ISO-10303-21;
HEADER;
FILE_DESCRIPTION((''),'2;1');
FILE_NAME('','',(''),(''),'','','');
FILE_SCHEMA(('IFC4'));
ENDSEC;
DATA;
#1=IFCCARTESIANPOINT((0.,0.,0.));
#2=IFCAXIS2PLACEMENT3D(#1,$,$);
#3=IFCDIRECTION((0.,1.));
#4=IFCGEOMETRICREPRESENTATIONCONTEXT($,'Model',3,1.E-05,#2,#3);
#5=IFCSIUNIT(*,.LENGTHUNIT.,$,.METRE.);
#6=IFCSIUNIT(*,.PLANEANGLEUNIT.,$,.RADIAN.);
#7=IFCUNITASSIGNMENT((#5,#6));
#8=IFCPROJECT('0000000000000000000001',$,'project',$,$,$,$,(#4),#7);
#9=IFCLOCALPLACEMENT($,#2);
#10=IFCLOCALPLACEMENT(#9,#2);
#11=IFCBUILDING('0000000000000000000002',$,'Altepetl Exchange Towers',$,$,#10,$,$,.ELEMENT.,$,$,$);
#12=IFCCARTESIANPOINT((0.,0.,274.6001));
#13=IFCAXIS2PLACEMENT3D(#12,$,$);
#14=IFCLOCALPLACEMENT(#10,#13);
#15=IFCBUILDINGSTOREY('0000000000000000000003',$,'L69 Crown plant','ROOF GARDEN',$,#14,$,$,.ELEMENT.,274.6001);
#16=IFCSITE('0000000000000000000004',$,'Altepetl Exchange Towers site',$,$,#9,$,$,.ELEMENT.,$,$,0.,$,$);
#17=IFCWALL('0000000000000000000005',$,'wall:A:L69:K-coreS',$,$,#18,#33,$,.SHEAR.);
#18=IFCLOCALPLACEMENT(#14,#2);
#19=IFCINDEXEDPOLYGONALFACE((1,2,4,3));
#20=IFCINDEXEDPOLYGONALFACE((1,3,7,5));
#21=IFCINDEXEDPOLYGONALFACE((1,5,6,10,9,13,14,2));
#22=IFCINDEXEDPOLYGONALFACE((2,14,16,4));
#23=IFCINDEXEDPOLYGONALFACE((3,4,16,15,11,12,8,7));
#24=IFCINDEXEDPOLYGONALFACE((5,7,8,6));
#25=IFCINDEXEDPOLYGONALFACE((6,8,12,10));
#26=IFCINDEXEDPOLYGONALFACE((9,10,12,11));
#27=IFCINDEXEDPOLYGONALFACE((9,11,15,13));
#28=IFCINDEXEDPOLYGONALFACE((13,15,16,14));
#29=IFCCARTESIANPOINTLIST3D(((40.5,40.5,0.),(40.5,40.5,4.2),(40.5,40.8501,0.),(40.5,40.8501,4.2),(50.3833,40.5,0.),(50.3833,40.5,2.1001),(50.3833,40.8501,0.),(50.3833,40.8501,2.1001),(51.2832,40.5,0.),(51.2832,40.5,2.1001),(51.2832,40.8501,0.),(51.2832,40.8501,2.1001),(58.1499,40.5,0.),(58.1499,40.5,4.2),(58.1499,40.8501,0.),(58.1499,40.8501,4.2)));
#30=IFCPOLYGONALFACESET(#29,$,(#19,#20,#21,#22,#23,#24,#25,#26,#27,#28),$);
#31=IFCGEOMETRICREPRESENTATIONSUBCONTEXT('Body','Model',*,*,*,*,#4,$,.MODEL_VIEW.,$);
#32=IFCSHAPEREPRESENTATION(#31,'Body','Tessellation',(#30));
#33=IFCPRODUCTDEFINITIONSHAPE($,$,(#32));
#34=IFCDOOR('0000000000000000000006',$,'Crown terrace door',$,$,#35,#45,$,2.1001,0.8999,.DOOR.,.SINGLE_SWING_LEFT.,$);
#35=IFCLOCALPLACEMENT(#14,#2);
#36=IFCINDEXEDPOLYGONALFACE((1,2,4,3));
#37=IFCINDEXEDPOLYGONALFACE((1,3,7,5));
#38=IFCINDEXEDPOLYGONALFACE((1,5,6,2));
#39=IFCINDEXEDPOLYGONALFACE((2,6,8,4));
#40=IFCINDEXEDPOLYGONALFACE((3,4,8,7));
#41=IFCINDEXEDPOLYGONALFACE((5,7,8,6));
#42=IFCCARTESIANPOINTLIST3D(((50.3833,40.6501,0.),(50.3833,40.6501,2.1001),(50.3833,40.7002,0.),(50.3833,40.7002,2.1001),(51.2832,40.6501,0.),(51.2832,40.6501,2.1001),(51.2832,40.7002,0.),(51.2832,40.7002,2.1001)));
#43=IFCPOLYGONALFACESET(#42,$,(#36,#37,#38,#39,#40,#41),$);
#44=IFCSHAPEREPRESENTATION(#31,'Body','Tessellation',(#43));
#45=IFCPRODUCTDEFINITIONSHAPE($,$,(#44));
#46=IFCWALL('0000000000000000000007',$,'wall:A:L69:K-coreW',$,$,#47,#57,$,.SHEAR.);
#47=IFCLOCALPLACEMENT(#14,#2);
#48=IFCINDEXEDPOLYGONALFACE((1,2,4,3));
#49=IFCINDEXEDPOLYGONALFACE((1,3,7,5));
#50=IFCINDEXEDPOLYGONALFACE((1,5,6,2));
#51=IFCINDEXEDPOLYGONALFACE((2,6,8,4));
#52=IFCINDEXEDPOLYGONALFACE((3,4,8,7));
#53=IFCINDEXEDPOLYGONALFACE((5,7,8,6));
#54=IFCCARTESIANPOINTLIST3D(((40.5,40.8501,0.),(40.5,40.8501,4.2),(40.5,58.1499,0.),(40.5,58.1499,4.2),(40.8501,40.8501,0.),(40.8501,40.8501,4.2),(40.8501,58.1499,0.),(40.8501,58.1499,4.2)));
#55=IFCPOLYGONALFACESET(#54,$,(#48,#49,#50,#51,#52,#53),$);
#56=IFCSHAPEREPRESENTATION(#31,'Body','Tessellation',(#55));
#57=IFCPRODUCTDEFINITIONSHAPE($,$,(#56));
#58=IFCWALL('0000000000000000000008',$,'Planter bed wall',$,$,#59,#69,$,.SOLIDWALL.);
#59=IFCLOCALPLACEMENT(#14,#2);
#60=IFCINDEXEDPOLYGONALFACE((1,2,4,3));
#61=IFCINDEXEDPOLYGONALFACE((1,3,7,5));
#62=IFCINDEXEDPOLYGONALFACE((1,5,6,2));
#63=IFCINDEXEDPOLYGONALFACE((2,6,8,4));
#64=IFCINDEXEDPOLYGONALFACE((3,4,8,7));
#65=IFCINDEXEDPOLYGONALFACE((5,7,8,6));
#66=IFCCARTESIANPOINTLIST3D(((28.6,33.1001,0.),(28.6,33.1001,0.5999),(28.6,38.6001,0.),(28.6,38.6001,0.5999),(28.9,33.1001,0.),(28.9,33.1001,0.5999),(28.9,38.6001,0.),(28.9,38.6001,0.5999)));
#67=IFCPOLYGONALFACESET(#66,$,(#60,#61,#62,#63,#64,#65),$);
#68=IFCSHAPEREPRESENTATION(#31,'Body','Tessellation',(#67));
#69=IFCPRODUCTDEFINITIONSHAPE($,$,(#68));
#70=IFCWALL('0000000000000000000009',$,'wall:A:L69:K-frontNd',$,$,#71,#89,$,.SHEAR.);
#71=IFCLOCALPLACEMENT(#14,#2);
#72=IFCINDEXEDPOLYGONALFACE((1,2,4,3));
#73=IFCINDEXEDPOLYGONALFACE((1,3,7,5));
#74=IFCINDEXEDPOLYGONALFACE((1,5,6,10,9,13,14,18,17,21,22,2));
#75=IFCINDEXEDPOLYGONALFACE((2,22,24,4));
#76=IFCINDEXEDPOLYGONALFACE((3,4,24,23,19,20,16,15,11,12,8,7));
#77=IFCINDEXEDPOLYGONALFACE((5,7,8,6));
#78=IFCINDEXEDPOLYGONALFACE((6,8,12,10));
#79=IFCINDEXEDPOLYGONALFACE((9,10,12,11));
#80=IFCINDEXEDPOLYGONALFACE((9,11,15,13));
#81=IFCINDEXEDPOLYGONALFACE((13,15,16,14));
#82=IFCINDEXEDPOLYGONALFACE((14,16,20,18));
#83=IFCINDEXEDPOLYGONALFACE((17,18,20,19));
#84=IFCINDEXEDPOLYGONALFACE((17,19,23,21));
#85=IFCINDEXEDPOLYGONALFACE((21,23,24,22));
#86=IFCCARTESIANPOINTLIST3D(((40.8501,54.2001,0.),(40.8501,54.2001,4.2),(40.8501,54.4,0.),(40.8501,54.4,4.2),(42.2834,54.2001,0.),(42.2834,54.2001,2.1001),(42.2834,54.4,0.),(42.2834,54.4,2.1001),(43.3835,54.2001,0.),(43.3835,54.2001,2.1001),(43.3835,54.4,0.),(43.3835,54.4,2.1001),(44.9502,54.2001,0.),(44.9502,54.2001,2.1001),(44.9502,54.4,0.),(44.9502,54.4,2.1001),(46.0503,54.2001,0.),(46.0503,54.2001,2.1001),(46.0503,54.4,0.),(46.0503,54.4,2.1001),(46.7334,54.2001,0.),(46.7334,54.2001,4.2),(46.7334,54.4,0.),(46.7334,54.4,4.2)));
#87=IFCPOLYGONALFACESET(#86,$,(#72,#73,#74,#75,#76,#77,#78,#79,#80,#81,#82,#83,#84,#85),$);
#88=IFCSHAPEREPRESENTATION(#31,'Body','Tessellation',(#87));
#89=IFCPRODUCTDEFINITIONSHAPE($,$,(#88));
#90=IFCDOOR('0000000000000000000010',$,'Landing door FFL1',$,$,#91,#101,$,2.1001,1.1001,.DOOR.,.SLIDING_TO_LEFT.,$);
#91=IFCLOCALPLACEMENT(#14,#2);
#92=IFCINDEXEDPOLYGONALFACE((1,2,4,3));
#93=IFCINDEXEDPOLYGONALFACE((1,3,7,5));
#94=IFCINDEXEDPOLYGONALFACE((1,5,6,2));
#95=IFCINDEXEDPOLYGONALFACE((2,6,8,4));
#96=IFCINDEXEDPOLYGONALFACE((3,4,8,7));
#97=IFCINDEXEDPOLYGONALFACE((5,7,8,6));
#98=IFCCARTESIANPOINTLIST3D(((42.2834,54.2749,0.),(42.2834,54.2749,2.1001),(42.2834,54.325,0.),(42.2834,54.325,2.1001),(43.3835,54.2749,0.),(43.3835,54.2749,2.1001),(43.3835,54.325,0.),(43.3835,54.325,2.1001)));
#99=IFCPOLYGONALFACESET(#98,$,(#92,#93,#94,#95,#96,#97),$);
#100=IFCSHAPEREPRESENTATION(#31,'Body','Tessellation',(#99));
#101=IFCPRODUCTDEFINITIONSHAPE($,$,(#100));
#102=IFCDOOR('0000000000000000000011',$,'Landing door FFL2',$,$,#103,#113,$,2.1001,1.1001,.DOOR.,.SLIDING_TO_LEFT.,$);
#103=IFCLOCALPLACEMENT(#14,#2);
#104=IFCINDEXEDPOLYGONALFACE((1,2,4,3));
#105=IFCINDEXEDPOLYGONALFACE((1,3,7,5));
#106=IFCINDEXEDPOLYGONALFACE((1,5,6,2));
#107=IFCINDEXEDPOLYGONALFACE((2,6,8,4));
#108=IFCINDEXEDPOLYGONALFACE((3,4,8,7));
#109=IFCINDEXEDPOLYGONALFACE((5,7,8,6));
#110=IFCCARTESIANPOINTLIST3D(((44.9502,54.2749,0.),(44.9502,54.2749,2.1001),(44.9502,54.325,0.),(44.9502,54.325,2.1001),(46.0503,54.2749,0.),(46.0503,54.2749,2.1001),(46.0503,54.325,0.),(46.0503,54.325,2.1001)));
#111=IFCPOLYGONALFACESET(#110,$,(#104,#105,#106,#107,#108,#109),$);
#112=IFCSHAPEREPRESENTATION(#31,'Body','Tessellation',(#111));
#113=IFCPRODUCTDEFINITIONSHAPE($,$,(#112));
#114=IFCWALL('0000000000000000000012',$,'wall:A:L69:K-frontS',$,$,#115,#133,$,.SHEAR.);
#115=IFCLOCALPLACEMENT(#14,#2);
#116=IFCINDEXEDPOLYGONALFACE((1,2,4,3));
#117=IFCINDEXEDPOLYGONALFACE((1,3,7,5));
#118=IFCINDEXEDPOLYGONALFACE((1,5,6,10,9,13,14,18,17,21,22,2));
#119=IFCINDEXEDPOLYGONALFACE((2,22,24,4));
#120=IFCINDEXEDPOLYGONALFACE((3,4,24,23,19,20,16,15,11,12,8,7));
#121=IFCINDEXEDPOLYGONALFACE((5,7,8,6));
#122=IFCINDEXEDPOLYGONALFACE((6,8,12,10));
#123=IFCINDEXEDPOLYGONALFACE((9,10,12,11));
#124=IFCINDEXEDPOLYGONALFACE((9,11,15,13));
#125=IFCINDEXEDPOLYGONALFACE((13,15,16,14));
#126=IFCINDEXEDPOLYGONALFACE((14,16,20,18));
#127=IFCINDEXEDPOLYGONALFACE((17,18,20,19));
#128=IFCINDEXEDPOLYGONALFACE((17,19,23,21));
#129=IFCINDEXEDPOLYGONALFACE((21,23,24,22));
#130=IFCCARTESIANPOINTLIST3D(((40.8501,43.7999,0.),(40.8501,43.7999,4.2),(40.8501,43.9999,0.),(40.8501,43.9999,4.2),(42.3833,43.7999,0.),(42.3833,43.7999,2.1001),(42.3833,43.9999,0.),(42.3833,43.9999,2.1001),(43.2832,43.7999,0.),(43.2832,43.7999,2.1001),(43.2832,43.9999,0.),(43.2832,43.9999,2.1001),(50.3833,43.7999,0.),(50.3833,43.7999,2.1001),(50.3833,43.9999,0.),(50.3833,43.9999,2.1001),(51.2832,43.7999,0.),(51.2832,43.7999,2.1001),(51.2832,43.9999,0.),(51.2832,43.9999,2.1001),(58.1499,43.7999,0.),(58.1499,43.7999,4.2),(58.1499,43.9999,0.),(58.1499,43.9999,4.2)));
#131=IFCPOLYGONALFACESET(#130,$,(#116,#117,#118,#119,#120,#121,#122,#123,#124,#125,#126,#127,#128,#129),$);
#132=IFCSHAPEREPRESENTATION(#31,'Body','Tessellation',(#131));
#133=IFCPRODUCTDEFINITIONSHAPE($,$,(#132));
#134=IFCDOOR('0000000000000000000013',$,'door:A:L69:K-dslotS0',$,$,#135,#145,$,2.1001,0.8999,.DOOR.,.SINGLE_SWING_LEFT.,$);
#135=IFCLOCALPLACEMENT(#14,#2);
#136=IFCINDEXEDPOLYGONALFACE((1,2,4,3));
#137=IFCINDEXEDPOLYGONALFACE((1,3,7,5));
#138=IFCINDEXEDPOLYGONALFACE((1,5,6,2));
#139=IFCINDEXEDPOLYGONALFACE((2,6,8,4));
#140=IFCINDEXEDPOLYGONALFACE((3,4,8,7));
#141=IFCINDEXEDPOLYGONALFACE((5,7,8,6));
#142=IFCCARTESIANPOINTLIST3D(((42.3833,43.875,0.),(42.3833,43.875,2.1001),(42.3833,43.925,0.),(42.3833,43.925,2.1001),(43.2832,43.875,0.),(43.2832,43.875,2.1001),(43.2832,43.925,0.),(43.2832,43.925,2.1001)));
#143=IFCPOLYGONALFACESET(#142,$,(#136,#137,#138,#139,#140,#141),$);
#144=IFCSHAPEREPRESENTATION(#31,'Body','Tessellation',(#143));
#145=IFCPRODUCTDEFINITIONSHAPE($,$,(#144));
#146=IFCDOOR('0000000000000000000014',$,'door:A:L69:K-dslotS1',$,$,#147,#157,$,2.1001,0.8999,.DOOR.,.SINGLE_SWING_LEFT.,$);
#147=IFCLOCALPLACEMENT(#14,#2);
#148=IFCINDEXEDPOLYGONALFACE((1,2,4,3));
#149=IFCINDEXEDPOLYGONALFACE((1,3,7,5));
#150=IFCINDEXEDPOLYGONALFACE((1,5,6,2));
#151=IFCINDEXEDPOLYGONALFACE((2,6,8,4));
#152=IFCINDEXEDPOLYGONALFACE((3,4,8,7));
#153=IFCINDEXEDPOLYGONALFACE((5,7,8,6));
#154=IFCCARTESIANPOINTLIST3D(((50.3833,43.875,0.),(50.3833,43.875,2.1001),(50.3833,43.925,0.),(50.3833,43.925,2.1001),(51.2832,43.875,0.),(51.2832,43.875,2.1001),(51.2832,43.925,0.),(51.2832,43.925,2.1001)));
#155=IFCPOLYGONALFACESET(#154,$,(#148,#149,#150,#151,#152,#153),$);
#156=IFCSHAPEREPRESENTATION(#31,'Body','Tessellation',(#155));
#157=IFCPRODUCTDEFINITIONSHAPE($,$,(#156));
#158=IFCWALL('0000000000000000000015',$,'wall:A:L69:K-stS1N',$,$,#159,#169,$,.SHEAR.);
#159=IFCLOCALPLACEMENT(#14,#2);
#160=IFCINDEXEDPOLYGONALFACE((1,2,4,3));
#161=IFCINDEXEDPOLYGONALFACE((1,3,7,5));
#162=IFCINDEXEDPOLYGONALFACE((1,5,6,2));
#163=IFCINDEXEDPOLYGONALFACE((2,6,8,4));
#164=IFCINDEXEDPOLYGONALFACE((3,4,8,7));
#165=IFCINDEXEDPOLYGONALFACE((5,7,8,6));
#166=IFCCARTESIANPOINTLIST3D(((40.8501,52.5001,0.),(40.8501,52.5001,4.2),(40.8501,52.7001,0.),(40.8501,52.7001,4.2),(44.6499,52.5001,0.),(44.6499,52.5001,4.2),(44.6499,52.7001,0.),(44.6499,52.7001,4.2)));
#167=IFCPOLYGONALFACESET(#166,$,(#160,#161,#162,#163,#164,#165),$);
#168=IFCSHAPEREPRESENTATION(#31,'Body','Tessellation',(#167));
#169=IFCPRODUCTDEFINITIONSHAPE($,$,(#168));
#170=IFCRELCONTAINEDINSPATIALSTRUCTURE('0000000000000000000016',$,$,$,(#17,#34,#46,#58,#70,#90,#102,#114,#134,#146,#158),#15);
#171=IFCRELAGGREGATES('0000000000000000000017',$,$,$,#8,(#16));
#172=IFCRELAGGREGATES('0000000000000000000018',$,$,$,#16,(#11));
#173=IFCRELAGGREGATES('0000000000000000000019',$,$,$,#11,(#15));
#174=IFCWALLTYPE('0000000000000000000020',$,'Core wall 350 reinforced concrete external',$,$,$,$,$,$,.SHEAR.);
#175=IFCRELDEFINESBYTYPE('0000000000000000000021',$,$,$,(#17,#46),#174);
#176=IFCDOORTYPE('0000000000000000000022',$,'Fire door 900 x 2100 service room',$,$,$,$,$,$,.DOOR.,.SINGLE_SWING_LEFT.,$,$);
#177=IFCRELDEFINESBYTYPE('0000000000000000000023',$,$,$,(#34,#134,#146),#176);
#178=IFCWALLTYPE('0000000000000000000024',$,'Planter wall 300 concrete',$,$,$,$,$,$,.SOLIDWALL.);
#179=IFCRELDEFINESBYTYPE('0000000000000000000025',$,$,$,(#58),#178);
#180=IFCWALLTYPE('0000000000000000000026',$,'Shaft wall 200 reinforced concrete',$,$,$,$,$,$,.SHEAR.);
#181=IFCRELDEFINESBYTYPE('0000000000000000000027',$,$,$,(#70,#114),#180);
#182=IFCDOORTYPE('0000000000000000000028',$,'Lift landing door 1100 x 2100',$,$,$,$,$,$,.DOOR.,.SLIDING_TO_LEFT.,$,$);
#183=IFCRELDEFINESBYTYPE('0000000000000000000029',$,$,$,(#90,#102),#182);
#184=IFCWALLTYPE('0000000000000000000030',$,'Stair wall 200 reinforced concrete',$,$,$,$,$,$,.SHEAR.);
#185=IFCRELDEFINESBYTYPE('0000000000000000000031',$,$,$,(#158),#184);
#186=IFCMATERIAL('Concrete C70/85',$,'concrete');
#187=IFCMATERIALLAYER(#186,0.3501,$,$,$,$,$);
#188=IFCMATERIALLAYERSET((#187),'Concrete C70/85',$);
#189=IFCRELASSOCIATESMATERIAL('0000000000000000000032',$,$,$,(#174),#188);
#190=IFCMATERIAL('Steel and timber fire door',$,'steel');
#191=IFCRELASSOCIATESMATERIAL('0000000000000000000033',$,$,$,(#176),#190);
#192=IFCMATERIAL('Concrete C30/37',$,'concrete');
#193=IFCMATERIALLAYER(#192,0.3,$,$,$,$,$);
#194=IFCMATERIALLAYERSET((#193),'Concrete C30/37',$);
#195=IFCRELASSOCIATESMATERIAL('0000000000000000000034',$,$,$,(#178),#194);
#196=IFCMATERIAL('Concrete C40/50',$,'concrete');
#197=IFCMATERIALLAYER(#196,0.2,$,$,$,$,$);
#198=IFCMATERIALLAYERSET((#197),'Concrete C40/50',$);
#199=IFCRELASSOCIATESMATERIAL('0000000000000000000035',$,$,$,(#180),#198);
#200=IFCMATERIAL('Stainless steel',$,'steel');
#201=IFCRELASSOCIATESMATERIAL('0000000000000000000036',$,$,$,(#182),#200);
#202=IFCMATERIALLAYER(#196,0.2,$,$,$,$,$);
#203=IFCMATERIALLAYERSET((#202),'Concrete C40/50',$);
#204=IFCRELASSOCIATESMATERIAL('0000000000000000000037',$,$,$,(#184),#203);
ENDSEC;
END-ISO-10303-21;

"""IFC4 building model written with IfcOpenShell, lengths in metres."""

from ifc_helpers import new_model, si_unit, direction, frame, frame_2d, origin, place, context, subcontext, project, spatial, rectangle, extrude, material, layer, layer_set, type_object, element, fill, save


model = new_model("IFC4")

# Units and contexts
model_context = context("Model", 3, precision=1e-05, world=origin(), true_north=direction((0.0, 1.0)))
body_context = subcontext(model_context, "Body", "Model", "MODEL_VIEW")
ifc_project = project(units=[si_unit("LENGTHUNIT", "METRE"), si_unit("PLANEANGLEUNIT", "RADIAN")], contexts=[model_context])

# Site, building, storey
site_placement = place(None, origin())
site = spatial("IfcSite", under=ifc_project, at=site_placement, Name="Altepetl Exchange Towers site", CompositionType="ELEMENT", RefElevation=0.0)
building_placement = place(site_placement, origin())
building = spatial("IfcBuilding", under=site, at=building_placement, Name="Altepetl Exchange Towers", CompositionType="ELEMENT")
storey_placement = place(building_placement, frame((0.0, 0.0, 274.6001)))
storey = spatial("IfcBuildingStorey", under=building, at=storey_placement, Name="L69 Crown plant", Description="ROOF GARDEN", CompositionType="ELEMENT", Elevation=274.6001)

# Shared definitions
ifc_material_1 = material(Name="Concrete C70/85", Category="concrete")
ifc_layer_1 = layer(ifc_material_1, 0.3501)
ifc_layer_set_1 = layer_set([ifc_layer_1], Name="Concrete C70/85")
wall_type_1 = type_object("IfcWallType", Name="Core wall 350 reinforced concrete external", PredefinedType="SHEAR", material=ifc_layer_set_1)

# Wall, opening, door
wall_1_placement = place(storey_placement, frame((40.5, 40.675, 0.0)))
wall_1 = element("IfcWall", 1, at=wall_1_placement, inside=storey, type_object=wall_type_1, Name="wall:A:L69:K-coreS", PredefinedType="SHEAR", context=body_context, shape_type="SweptSolid", body=[
    extrude(rectangle(XDim=17.6499, YDim=0.3501, at=frame_2d((8.825, 0.0))), origin(), (0.0, 0.0, 1.0), 4.2),
])
opening_1_placement = place(wall_1_placement, frame((9.8833, 0.0, 0.0)))
opening_1 = element("IfcOpeningElement", 2, at=opening_1_placement, cuts=wall_1, PredefinedType="OPENING", context=body_context, shape_type="SweptSolid", body=[
    extrude(rectangle(XDim=0.8999, YDim=2.1001, at=frame_2d((0.45, 1.05))), frame((0.0, 0.1851, 0.0), z_axis=(0.0, -1.0, 0.0), x_axis=(1.0, 0.0, 0.0)), (0.0, 0.0, 1.0), 0.3701),
])
ifc_material_2 = material(Name="Steel and timber fire door", Category="steel")
door_type_1 = type_object("IfcDoorType", Name="Fire door 900 x 2100 service room", OperationType="SINGLE_SWING_LEFT", PredefinedType="DOOR", material=ifc_material_2)
door_1_placement = place(opening_1_placement, frame((0.8999, 0.0, 0.0), x_axis=(-1.0, 0.0, 0.0)))
door_1 = element("IfcDoor", 3, at=door_1_placement, inside=storey, type_object=door_type_1, Name="Crown terrace door", OperationType="SINGLE_SWING_LEFT", OverallHeight=2.1001, OverallWidth=0.8999, PredefinedType="DOOR", context=body_context, shape_type="SweptSolid", body=[
    extrude(rectangle(XDim=0.8999, YDim=2.1001, at=frame_2d((0.45, 1.05))), frame((0.0, 0.0249, 0.0), z_axis=(0.0, -1.0, 0.0), x_axis=(1.0, 0.0, 0.0)), (0.0, 0.0, 1.0), 0.05),
])
fill(opening_1, door_1)

# Walls
wall_2_placement = place(storey_placement, frame((40.675, 40.8501, 0.0), z_axis=(0.0, 0.0, 1.0), x_axis=(0.0, 1.0, 0.0)))
element("IfcWall", 4, at=wall_2_placement, inside=storey, type_object=wall_type_1, Name="wall:A:L69:K-coreW", PredefinedType="SHEAR", context=body_context, shape_type="SweptSolid", body=[
    extrude(rectangle(XDim=17.2998, YDim=0.3501, at=frame_2d((8.6499, 0.0))), origin(), (0.0, 0.0, 1.0), 4.2),
])
ifc_material_3 = material(Name="Concrete C30/37", Category="concrete")
ifc_layer_2 = layer(ifc_material_3, 0.3)
ifc_layer_set_2 = layer_set([ifc_layer_2], Name="Concrete C30/37")
wall_type_2 = type_object("IfcWallType", Name="Planter wall 300 concrete", PredefinedType="SOLIDWALL", material=ifc_layer_set_2)
wall_3_placement = place(storey_placement, frame((28.75, 38.6001, 0.0), z_axis=(0.0, 0.0, 1.0), x_axis=(0.0, -1.0, 0.0)))
element("IfcWall", 5, at=wall_3_placement, inside=storey, type_object=wall_type_2, Name="Planter bed wall", PredefinedType="SOLIDWALL", context=body_context, shape_type="SweptSolid", body=[
    extrude(rectangle(XDim=5.5, YDim=0.3, at=frame_2d((2.75, 0.0))), origin(), (0.0, 0.0, 1.0), 0.5999),
])

# Walls, openings, doors
ifc_material_4 = material(Name="Concrete C40/50", Category="concrete")
ifc_layer_3 = layer(ifc_material_4, 0.2)
ifc_layer_set_3 = layer_set([ifc_layer_3], Name="Concrete C40/50")
wall_type_3 = type_object("IfcWallType", Name="Shaft wall 200 reinforced concrete", PredefinedType="SHEAR", material=ifc_layer_set_3)
wall_4_placement = place(storey_placement, frame((40.8501, 54.3, 0.0)))
wall_4 = element("IfcWall", 6, at=wall_4_placement, inside=storey, type_object=wall_type_3, Name="wall:A:L69:K-frontNd", PredefinedType="SHEAR", context=body_context, shape_type="SweptSolid", body=[
    extrude(rectangle(XDim=5.8833, YDim=0.2, at=frame_2d((2.9417, 0.0))), origin(), (0.0, 0.0, 1.0), 4.2),
])
opening_2_placement = place(wall_4_placement, frame((1.4333, 0.0, 0.0)))
opening_2 = element("IfcOpeningElement", 7, at=opening_2_placement, cuts=wall_4, PredefinedType="OPENING", context=body_context, shape_type="SweptSolid", body=[
    extrude(rectangle(XDim=1.1001, YDim=2.1001, at=frame_2d((0.55, 1.05))), frame((0.0, 0.1099, 0.0), z_axis=(0.0, -1.0, 0.0), x_axis=(1.0, 0.0, 0.0)), (0.0, 0.0, 1.0), 0.22),
])
opening_3_placement = place(wall_4_placement, frame((4.1001, 0.0, 0.0)))
opening_3 = element("IfcOpeningElement", 8, at=opening_3_placement, cuts=wall_4, PredefinedType="OPENING", context=body_context, shape_type="SweptSolid", body=[
    extrude(rectangle(XDim=1.1001, YDim=2.1001, at=frame_2d((0.55, 1.05))), frame((0.0, 0.1099, 0.0), z_axis=(0.0, -1.0, 0.0), x_axis=(1.0, 0.0, 0.0)), (0.0, 0.0, 1.0), 0.22),
])
ifc_material_5 = material(Name="Stainless steel", Category="steel")
door_type_2 = type_object("IfcDoorType", Name="Lift landing door 1100 x 2100", OperationType="SLIDING_TO_LEFT", PredefinedType="DOOR", material=ifc_material_5)
door_2_placement = place(opening_2_placement, origin())
door_2 = element("IfcDoor", 9, at=door_2_placement, inside=storey, type_object=door_type_2, Name="Landing door FFL1", OperationType="SLIDING_TO_LEFT", OverallHeight=2.1001, OverallWidth=1.1001, PredefinedType="DOOR", context=body_context, shape_type="SweptSolid", body=[
    extrude(rectangle(XDim=1.1001, YDim=2.1001, at=frame_2d((0.55, 1.05))), frame((0.0, 0.0249, 0.0), z_axis=(0.0, -1.0, 0.0), x_axis=(1.0, 0.0, 0.0)), (0.0, 0.0, 1.0), 0.05),
])
fill(opening_2, door_2)
door_3_placement = place(opening_3_placement, origin())
door_3 = element("IfcDoor", 10, at=door_3_placement, inside=storey, type_object=door_type_2, Name="Landing door FFL2", OperationType="SLIDING_TO_LEFT", OverallHeight=2.1001, OverallWidth=1.1001, PredefinedType="DOOR", context=body_context, shape_type="SweptSolid", body=[
    extrude(rectangle(XDim=1.1001, YDim=2.1001, at=frame_2d((0.55, 1.05))), frame((0.0, 0.0249, 0.0), z_axis=(0.0, -1.0, 0.0), x_axis=(1.0, 0.0, 0.0)), (0.0, 0.0, 1.0), 0.05),
])
fill(opening_3, door_3)
wall_5_placement = place(storey_placement, frame((40.8501, 43.8999, 0.0)))
wall_5 = element("IfcWall", 11, at=wall_5_placement, inside=storey, type_object=wall_type_3, Name="wall:A:L69:K-frontS", PredefinedType="SHEAR", context=body_context, shape_type="SweptSolid", body=[
    extrude(rectangle(XDim=17.2998, YDim=0.2, at=frame_2d((8.6499, 0.0))), origin(), (0.0, 0.0, 1.0), 4.2),
])
opening_4_placement = place(wall_5_placement, frame((1.5332, 0.0, 0.0)))
opening_4 = element("IfcOpeningElement", 12, at=opening_4_placement, cuts=wall_5, PredefinedType="OPENING", context=body_context, shape_type="SweptSolid", body=[
    extrude(rectangle(XDim=0.8999, YDim=2.1001, at=frame_2d((0.45, 1.05))), frame((0.0, 0.1099, 0.0), z_axis=(0.0, -1.0, 0.0), x_axis=(1.0, 0.0, 0.0)), (0.0, 0.0, 1.0), 0.22),
])
opening_5_placement = place(wall_5_placement, frame((9.5332, 0.0, 0.0)))
opening_5 = element("IfcOpeningElement", 13, at=opening_5_placement, cuts=wall_5, PredefinedType="OPENING", context=body_context, shape_type="SweptSolid", body=[
    extrude(rectangle(XDim=0.8999, YDim=2.1001, at=frame_2d((0.45, 1.05))), frame((0.0, 0.1099, 0.0), z_axis=(0.0, -1.0, 0.0), x_axis=(1.0, 0.0, 0.0)), (0.0, 0.0, 1.0), 0.22),
])
door_4_placement = place(opening_4_placement, frame((0.8999, 0.0, 0.0), x_axis=(-1.0, 0.0, 0.0)))
door_4 = element("IfcDoor", 14, at=door_4_placement, inside=storey, type_object=door_type_1, Name="door:A:L69:K-dslotS0", OperationType="SINGLE_SWING_LEFT", OverallHeight=2.1001, OverallWidth=0.8999, PredefinedType="DOOR", context=body_context, shape_type="SweptSolid", body=[
    extrude(rectangle(XDim=0.8999, YDim=2.1001, at=frame_2d((0.45, 1.05))), frame((0.0, 0.0249, 0.0), z_axis=(0.0, -1.0, 0.0), x_axis=(1.0, 0.0, 0.0)), (0.0, 0.0, 1.0), 0.05),
])
fill(opening_4, door_4)
door_5_placement = place(opening_5_placement, frame((0.8999, 0.0, 0.0), x_axis=(-1.0, 0.0, 0.0)))
door_5 = element("IfcDoor", 15, at=door_5_placement, inside=storey, type_object=door_type_1, Name="door:A:L69:K-dslotS1", OperationType="SINGLE_SWING_LEFT", OverallHeight=2.1001, OverallWidth=0.8999, PredefinedType="DOOR", context=body_context, shape_type="SweptSolid", body=[
    extrude(rectangle(XDim=0.8999, YDim=2.1001, at=frame_2d((0.45, 1.05))), frame((0.0, 0.0249, 0.0), z_axis=(0.0, -1.0, 0.0), x_axis=(1.0, 0.0, 0.0)), (0.0, 0.0, 1.0), 0.05),
])
fill(opening_5, door_5)

# Wall
ifc_layer_4 = layer(ifc_material_4, 0.2)
ifc_layer_set_4 = layer_set([ifc_layer_4], Name="Concrete C40/50")
wall_type_4 = type_object("IfcWallType", Name="Stair wall 200 reinforced concrete", PredefinedType="SHEAR", material=ifc_layer_set_4)
wall_6_placement = place(storey_placement, frame((40.8501, 52.6001, 0.0)))
element("IfcWall", 16, at=wall_6_placement, inside=storey, type_object=wall_type_4, Name="wall:A:L69:K-stS1N", PredefinedType="SHEAR", context=body_context, shape_type="SweptSolid", body=[
    extrude(rectangle(XDim=3.7998, YDim=0.2, at=frame_2d((1.8999, 0.0))), origin(), (0.0, 0.0, 1.0), 4.2),
])

save(model, "model.ifc")
